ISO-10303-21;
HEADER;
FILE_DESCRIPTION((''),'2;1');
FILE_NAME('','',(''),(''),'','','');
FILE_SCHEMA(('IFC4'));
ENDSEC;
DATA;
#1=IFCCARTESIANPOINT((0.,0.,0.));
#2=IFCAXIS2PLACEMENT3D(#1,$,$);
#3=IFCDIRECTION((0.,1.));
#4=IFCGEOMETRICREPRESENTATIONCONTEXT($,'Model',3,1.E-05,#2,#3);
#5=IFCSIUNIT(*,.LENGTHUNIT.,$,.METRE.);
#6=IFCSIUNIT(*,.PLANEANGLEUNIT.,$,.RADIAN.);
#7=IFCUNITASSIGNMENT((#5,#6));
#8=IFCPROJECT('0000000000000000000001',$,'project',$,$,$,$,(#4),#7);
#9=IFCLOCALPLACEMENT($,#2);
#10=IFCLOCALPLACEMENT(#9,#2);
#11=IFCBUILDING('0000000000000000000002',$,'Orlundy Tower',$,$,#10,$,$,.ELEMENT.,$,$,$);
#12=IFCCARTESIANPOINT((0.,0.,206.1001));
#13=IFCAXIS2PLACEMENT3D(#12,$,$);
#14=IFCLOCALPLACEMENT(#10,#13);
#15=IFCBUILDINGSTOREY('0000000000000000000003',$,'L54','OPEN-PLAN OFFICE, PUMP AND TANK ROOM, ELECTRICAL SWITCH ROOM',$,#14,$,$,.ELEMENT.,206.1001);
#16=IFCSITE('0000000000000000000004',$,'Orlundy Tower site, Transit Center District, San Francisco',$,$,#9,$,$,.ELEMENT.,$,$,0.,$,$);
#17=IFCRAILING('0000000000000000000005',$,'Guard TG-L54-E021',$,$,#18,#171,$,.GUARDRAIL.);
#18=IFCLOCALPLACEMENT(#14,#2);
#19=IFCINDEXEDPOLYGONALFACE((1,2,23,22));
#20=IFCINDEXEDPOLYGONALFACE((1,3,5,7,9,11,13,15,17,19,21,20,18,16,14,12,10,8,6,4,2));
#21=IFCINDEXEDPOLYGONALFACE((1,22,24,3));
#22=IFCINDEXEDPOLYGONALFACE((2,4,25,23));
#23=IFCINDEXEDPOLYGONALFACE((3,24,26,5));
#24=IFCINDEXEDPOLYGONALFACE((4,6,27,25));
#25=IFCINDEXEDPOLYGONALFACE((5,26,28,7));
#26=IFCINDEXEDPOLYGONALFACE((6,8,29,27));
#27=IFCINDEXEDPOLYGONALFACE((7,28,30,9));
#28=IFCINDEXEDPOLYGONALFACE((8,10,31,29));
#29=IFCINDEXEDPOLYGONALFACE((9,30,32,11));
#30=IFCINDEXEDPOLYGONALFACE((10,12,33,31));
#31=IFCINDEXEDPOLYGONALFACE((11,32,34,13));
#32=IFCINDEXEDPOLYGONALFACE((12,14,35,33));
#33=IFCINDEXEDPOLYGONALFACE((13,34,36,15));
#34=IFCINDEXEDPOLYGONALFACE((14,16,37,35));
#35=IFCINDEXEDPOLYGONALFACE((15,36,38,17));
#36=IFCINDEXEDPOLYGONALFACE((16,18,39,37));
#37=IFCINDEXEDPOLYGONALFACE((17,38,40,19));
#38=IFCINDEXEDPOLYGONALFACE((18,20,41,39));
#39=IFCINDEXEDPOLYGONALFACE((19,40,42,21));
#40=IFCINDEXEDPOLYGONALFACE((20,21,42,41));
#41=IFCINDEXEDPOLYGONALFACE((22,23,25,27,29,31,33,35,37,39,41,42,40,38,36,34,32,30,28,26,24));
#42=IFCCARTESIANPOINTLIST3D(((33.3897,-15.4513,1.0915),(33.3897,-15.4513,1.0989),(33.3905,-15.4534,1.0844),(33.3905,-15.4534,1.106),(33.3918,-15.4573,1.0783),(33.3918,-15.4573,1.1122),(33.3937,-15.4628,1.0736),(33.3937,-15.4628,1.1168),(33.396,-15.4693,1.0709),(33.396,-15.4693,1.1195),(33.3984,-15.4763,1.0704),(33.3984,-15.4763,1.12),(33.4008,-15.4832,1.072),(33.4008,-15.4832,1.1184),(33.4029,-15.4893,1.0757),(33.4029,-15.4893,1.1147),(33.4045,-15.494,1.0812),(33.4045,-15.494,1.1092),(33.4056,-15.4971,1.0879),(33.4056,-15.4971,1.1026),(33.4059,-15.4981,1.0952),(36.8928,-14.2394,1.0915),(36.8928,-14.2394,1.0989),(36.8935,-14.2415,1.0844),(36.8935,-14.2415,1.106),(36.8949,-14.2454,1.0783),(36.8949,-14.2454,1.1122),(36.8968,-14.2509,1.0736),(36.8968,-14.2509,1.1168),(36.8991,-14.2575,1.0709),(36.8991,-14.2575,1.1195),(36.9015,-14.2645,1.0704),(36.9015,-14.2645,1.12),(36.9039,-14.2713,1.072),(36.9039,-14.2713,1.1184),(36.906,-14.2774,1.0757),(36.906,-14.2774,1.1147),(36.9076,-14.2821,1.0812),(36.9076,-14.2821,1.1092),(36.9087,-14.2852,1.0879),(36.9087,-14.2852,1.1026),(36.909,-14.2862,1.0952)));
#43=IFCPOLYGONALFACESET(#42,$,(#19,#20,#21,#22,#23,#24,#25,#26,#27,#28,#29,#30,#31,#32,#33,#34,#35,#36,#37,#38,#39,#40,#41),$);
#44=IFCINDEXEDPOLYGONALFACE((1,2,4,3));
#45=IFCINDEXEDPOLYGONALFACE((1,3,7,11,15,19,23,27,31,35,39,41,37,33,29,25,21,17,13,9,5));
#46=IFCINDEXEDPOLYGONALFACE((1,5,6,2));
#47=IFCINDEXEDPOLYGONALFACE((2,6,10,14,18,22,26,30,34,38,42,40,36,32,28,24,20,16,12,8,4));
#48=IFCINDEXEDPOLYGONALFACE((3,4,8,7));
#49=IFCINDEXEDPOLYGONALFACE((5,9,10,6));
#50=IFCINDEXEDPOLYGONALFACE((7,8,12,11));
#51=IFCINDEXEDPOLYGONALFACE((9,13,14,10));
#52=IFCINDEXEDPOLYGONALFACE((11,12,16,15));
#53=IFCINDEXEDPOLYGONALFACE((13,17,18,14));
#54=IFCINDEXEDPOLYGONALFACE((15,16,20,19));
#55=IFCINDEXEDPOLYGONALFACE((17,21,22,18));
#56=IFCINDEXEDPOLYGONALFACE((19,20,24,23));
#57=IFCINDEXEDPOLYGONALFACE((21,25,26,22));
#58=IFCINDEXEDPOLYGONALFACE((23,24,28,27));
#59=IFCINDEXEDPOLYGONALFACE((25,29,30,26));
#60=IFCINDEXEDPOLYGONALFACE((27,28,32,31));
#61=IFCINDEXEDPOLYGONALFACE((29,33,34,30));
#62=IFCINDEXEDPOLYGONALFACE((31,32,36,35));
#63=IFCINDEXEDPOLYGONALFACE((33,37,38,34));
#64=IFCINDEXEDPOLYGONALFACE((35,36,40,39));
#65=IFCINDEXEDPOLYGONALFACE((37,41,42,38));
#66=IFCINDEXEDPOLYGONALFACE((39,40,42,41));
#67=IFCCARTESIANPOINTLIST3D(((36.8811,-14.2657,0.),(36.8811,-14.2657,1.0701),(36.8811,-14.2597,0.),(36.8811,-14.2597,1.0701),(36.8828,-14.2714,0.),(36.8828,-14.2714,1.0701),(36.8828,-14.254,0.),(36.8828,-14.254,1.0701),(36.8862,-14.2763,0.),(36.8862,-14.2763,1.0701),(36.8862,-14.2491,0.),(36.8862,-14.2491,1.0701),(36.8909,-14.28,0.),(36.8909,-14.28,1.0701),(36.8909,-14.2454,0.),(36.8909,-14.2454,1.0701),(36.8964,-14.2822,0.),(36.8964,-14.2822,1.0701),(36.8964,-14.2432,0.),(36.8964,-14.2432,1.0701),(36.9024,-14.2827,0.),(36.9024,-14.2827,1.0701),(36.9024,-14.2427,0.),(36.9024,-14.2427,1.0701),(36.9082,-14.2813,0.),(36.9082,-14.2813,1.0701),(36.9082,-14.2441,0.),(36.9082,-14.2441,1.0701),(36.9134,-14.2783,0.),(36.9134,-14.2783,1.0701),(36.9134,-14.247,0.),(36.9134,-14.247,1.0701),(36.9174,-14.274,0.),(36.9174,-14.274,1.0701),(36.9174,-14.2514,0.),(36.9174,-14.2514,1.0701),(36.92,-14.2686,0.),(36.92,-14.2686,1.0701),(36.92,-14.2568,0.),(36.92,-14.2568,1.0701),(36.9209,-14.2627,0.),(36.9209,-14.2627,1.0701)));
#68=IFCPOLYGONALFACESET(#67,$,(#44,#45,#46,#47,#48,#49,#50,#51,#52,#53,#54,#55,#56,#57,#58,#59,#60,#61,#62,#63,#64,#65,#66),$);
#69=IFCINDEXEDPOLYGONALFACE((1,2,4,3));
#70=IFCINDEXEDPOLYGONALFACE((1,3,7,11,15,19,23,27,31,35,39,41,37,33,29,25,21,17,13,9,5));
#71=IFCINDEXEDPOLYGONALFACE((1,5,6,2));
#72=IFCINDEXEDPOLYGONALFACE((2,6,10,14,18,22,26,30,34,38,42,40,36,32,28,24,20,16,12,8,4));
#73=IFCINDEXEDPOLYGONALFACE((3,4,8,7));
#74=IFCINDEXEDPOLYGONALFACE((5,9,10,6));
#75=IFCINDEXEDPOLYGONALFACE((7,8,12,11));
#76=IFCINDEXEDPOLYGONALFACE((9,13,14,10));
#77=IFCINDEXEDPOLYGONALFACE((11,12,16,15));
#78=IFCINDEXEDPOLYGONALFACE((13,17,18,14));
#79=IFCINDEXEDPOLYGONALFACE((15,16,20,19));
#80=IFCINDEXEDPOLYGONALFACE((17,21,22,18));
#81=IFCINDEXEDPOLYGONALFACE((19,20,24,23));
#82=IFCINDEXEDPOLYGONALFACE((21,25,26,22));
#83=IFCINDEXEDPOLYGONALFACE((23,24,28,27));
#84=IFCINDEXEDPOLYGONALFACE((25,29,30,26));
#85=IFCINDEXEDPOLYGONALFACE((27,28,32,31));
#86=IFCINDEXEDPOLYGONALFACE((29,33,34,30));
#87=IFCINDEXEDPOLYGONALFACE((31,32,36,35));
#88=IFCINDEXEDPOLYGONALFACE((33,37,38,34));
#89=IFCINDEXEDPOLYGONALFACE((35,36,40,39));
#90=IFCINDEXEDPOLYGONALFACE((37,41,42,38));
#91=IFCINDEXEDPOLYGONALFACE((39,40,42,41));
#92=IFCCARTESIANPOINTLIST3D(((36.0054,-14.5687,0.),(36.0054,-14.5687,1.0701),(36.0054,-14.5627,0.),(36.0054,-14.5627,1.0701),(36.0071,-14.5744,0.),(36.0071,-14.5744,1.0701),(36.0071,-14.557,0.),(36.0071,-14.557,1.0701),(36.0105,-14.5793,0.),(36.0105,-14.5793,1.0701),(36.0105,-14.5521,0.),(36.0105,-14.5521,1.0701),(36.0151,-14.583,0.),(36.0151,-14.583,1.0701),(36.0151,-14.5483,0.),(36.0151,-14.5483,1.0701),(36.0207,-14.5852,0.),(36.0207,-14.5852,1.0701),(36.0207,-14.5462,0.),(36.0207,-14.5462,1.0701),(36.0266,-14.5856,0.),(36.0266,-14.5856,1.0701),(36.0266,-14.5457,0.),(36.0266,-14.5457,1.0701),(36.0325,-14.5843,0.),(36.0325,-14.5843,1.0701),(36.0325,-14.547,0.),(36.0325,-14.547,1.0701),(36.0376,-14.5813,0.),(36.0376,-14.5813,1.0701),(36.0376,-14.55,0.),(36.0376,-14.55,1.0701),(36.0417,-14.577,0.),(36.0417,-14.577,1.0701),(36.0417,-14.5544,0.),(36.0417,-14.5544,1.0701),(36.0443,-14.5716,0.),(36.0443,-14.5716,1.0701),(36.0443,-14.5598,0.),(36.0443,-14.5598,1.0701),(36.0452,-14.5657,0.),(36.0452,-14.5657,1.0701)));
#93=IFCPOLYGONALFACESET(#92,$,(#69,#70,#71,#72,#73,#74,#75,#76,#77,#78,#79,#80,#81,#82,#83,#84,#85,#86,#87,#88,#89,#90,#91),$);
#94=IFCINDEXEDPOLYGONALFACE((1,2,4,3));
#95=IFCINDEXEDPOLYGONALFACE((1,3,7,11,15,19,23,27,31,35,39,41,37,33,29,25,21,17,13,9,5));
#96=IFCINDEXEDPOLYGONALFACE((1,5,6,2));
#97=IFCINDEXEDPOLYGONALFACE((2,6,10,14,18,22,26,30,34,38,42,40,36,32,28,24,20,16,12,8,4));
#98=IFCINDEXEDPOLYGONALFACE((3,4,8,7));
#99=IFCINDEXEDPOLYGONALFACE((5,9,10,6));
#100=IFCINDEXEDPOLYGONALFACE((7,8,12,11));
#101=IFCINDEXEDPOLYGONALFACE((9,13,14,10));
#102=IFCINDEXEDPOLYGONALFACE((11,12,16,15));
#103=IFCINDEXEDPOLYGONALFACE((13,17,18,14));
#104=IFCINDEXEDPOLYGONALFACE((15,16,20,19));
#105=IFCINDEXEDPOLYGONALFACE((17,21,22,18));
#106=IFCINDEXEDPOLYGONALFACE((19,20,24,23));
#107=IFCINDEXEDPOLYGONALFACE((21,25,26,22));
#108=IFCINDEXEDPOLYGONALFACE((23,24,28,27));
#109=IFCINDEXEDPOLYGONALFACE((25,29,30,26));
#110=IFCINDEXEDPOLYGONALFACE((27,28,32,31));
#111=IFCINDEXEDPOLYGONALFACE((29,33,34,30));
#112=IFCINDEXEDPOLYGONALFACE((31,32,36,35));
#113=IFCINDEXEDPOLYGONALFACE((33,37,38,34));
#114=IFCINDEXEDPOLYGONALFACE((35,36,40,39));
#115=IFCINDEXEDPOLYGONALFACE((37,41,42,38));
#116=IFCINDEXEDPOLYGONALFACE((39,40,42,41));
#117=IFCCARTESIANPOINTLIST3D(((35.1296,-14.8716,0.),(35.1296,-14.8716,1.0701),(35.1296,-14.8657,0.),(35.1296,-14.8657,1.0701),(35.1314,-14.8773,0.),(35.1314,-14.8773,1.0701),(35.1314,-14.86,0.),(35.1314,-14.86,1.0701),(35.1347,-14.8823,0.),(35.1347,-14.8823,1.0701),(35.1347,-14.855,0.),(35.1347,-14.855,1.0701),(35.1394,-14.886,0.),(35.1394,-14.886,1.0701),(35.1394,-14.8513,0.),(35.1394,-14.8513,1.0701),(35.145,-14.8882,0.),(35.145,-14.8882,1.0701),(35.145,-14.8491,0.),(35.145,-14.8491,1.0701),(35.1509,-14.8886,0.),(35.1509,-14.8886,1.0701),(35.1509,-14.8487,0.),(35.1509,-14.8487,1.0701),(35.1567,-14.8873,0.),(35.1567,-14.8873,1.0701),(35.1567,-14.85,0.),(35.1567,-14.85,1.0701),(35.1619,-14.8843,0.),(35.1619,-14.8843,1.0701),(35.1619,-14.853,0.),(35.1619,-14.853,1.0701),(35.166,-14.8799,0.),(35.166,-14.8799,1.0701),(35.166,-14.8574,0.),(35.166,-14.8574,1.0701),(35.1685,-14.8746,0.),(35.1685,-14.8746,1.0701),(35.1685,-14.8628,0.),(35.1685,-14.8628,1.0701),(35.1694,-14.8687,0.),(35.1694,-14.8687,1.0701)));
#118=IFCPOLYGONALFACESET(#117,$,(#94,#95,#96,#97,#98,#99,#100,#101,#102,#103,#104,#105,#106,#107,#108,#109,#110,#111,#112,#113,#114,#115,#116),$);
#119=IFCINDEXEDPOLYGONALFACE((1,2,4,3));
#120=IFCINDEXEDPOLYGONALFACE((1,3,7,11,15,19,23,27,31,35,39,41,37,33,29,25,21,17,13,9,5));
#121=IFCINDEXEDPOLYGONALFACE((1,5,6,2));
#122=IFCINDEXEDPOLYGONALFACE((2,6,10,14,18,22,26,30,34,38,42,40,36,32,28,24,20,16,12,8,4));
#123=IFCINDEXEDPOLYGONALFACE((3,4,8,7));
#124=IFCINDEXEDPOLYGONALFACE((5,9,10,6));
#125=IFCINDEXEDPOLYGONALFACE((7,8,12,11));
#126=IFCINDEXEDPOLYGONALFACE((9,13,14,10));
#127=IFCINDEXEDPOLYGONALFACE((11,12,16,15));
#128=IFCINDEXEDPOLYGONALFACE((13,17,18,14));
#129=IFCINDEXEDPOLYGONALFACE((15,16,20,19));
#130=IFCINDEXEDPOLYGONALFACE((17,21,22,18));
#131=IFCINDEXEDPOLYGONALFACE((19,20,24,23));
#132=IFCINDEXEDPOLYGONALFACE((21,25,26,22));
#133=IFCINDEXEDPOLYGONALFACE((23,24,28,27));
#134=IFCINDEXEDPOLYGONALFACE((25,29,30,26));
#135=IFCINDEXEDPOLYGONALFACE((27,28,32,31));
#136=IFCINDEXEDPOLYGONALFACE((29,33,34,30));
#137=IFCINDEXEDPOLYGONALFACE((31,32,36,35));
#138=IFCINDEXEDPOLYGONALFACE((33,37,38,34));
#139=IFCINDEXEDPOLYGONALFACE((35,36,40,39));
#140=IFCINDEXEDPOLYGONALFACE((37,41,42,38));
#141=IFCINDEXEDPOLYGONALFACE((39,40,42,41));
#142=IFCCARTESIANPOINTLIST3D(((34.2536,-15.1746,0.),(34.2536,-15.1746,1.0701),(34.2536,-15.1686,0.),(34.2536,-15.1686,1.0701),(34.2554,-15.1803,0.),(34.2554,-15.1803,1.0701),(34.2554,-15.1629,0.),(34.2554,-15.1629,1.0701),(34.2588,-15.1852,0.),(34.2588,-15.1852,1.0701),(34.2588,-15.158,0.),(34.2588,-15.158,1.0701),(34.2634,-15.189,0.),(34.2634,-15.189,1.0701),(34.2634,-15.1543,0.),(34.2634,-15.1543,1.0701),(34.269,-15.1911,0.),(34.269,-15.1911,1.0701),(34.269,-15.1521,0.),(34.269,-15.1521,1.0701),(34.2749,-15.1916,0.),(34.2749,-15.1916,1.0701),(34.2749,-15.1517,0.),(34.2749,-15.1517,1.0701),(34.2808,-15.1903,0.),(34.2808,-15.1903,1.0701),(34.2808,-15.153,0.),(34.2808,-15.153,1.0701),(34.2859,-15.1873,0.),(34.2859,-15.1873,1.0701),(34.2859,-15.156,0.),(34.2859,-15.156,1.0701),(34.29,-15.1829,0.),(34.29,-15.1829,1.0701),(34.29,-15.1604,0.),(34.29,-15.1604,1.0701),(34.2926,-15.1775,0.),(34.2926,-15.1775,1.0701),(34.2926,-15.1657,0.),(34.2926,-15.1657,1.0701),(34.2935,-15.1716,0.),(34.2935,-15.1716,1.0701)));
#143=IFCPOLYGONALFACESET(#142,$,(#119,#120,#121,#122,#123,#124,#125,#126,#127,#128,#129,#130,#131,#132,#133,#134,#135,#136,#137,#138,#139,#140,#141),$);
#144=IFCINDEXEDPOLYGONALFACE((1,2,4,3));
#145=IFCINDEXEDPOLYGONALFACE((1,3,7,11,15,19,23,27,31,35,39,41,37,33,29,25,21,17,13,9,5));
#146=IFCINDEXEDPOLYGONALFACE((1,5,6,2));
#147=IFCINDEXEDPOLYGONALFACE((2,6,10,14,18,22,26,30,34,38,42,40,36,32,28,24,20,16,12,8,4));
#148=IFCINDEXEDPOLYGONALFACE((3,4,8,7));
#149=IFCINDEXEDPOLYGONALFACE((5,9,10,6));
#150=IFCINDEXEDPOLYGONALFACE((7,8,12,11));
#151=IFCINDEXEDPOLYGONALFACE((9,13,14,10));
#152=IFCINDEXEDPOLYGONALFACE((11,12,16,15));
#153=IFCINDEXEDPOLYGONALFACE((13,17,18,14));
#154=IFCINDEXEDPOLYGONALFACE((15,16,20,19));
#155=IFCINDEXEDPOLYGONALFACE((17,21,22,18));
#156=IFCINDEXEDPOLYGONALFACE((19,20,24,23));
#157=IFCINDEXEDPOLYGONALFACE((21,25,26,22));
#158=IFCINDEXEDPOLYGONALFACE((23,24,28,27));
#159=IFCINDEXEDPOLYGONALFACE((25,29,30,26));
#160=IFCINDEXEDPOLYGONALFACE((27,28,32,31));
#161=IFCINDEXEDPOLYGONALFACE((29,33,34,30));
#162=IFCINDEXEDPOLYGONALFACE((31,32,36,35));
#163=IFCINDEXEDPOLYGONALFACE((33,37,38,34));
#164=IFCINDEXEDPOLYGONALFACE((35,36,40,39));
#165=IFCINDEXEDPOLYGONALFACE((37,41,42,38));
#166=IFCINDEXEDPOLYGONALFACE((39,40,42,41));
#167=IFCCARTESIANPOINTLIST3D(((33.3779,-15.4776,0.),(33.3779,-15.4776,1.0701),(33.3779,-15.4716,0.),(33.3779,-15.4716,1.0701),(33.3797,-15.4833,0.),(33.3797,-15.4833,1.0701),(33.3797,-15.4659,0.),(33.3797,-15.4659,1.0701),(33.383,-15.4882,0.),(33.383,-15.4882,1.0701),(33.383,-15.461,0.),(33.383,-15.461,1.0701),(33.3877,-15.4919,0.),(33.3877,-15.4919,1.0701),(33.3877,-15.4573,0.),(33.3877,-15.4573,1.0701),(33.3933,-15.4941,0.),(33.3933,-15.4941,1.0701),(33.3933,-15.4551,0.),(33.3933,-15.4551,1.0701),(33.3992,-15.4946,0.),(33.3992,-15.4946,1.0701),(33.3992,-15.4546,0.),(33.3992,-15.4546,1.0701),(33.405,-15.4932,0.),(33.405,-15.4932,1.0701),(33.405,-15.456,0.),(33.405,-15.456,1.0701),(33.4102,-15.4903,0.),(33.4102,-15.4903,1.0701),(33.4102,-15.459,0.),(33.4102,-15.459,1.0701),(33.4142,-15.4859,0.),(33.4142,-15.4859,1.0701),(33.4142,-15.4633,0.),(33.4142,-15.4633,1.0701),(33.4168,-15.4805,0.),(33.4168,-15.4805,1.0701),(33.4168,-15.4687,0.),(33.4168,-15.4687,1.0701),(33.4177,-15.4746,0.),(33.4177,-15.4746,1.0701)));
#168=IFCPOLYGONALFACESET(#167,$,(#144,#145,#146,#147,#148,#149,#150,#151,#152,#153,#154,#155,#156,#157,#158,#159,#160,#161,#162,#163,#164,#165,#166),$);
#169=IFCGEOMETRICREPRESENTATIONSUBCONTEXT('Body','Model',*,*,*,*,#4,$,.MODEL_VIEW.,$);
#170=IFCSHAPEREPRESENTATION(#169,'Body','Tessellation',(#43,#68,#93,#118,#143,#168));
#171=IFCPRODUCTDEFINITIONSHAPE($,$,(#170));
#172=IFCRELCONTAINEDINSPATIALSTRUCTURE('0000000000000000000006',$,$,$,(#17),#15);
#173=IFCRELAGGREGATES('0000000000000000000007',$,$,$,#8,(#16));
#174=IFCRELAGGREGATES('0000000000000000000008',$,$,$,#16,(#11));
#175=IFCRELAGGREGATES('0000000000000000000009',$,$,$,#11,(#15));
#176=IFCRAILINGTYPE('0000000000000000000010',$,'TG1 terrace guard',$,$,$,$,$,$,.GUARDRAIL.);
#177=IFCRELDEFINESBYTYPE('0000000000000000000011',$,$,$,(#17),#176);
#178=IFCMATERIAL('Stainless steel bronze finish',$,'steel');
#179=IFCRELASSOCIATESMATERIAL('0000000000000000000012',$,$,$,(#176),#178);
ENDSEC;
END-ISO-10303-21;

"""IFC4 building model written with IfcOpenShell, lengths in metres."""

from ifc_helpers import new_model, si_unit, direction, frame, origin, origin_2d, place, context, subcontext, project, spatial, circle, extrude, material, type_object, element, save


model = new_model("IFC4")

# Units and contexts
model_context = context("Model", 3, precision=1e-05, world=origin(), true_north=direction((0.0, 1.0)))
body_context = subcontext(model_context, "Body", "Model", "MODEL_VIEW")
ifc_project = project(units=[si_unit("LENGTHUNIT", "METRE"), si_unit("PLANEANGLEUNIT", "RADIAN")], contexts=[model_context])

# Site, building, storey
site_placement = place(None, origin())
site = spatial("IfcSite", under=ifc_project, at=site_placement, Name="Orlundy Tower site, Transit Center District, San Francisco", CompositionType="ELEMENT", RefElevation=0.0)
building_placement = place(site_placement, origin())
building = spatial("IfcBuilding", under=site, at=building_placement, Name="Orlundy Tower", CompositionType="ELEMENT")
storey_placement = place(building_placement, frame((0.0, 0.0, 206.1001)))
storey = spatial("IfcBuildingStorey", under=building, at=storey_placement, Name="L54", Description="OPEN-PLAN OFFICE, PUMP AND TANK ROOM, ELECTRICAL SWITCH ROOM", CompositionType="ELEMENT", Elevation=206.1001)

# Railing
ifc_material_1 = material(Name="Stainless steel bronze finish", Category="steel")
railing_type_1 = type_object("IfcRailingType", Name="TG1 terrace guard", PredefinedType="GUARDRAIL", material=ifc_material_1)
railing_1_placement = place(storey_placement, frame((36.9009, -14.2627, 0.0)))
element("IfcRailing", 1, at=railing_1_placement, inside=storey, type_object=railing_type_1, Name="Guard TG-L54-E021", PredefinedType="GUARDRAIL", context=body_context, shape_type="SweptSolid", body=[
    extrude(circle(Radius=0.0249, at=origin_2d()), frame((0.0, 0.0, 1.0952), z_axis=(-0.945046, -0.326936, 0.0), x_axis=(0.326936, -0.945046, 0.0)), (0.0, 0.0, 1.0), 3.7068),
    extrude(circle(Radius=0.02, at=origin_2d()), origin(), (0.0, 0.0, 1.0), 1.0701),
    extrude(circle(Radius=0.02, at=origin_2d()), frame((-0.8757, -0.303, 0.0)), (0.0, 0.0, 1.0), 1.0701),
    extrude(circle(Radius=0.02, at=origin_2d()), frame((-1.7515, -0.606, 0.0)), (0.0, 0.0, 1.0), 1.0701),
    extrude(circle(Radius=0.02, at=origin_2d()), frame((-2.6274, -0.9089, 0.0)), (0.0, 0.0, 1.0), 1.0701),
    extrude(circle(Radius=0.02, at=origin_2d()), frame((-3.5032, -1.2119, 0.0)), (0.0, 0.0, 1.0), 1.0701),
])

save(model, "model.ifc")
